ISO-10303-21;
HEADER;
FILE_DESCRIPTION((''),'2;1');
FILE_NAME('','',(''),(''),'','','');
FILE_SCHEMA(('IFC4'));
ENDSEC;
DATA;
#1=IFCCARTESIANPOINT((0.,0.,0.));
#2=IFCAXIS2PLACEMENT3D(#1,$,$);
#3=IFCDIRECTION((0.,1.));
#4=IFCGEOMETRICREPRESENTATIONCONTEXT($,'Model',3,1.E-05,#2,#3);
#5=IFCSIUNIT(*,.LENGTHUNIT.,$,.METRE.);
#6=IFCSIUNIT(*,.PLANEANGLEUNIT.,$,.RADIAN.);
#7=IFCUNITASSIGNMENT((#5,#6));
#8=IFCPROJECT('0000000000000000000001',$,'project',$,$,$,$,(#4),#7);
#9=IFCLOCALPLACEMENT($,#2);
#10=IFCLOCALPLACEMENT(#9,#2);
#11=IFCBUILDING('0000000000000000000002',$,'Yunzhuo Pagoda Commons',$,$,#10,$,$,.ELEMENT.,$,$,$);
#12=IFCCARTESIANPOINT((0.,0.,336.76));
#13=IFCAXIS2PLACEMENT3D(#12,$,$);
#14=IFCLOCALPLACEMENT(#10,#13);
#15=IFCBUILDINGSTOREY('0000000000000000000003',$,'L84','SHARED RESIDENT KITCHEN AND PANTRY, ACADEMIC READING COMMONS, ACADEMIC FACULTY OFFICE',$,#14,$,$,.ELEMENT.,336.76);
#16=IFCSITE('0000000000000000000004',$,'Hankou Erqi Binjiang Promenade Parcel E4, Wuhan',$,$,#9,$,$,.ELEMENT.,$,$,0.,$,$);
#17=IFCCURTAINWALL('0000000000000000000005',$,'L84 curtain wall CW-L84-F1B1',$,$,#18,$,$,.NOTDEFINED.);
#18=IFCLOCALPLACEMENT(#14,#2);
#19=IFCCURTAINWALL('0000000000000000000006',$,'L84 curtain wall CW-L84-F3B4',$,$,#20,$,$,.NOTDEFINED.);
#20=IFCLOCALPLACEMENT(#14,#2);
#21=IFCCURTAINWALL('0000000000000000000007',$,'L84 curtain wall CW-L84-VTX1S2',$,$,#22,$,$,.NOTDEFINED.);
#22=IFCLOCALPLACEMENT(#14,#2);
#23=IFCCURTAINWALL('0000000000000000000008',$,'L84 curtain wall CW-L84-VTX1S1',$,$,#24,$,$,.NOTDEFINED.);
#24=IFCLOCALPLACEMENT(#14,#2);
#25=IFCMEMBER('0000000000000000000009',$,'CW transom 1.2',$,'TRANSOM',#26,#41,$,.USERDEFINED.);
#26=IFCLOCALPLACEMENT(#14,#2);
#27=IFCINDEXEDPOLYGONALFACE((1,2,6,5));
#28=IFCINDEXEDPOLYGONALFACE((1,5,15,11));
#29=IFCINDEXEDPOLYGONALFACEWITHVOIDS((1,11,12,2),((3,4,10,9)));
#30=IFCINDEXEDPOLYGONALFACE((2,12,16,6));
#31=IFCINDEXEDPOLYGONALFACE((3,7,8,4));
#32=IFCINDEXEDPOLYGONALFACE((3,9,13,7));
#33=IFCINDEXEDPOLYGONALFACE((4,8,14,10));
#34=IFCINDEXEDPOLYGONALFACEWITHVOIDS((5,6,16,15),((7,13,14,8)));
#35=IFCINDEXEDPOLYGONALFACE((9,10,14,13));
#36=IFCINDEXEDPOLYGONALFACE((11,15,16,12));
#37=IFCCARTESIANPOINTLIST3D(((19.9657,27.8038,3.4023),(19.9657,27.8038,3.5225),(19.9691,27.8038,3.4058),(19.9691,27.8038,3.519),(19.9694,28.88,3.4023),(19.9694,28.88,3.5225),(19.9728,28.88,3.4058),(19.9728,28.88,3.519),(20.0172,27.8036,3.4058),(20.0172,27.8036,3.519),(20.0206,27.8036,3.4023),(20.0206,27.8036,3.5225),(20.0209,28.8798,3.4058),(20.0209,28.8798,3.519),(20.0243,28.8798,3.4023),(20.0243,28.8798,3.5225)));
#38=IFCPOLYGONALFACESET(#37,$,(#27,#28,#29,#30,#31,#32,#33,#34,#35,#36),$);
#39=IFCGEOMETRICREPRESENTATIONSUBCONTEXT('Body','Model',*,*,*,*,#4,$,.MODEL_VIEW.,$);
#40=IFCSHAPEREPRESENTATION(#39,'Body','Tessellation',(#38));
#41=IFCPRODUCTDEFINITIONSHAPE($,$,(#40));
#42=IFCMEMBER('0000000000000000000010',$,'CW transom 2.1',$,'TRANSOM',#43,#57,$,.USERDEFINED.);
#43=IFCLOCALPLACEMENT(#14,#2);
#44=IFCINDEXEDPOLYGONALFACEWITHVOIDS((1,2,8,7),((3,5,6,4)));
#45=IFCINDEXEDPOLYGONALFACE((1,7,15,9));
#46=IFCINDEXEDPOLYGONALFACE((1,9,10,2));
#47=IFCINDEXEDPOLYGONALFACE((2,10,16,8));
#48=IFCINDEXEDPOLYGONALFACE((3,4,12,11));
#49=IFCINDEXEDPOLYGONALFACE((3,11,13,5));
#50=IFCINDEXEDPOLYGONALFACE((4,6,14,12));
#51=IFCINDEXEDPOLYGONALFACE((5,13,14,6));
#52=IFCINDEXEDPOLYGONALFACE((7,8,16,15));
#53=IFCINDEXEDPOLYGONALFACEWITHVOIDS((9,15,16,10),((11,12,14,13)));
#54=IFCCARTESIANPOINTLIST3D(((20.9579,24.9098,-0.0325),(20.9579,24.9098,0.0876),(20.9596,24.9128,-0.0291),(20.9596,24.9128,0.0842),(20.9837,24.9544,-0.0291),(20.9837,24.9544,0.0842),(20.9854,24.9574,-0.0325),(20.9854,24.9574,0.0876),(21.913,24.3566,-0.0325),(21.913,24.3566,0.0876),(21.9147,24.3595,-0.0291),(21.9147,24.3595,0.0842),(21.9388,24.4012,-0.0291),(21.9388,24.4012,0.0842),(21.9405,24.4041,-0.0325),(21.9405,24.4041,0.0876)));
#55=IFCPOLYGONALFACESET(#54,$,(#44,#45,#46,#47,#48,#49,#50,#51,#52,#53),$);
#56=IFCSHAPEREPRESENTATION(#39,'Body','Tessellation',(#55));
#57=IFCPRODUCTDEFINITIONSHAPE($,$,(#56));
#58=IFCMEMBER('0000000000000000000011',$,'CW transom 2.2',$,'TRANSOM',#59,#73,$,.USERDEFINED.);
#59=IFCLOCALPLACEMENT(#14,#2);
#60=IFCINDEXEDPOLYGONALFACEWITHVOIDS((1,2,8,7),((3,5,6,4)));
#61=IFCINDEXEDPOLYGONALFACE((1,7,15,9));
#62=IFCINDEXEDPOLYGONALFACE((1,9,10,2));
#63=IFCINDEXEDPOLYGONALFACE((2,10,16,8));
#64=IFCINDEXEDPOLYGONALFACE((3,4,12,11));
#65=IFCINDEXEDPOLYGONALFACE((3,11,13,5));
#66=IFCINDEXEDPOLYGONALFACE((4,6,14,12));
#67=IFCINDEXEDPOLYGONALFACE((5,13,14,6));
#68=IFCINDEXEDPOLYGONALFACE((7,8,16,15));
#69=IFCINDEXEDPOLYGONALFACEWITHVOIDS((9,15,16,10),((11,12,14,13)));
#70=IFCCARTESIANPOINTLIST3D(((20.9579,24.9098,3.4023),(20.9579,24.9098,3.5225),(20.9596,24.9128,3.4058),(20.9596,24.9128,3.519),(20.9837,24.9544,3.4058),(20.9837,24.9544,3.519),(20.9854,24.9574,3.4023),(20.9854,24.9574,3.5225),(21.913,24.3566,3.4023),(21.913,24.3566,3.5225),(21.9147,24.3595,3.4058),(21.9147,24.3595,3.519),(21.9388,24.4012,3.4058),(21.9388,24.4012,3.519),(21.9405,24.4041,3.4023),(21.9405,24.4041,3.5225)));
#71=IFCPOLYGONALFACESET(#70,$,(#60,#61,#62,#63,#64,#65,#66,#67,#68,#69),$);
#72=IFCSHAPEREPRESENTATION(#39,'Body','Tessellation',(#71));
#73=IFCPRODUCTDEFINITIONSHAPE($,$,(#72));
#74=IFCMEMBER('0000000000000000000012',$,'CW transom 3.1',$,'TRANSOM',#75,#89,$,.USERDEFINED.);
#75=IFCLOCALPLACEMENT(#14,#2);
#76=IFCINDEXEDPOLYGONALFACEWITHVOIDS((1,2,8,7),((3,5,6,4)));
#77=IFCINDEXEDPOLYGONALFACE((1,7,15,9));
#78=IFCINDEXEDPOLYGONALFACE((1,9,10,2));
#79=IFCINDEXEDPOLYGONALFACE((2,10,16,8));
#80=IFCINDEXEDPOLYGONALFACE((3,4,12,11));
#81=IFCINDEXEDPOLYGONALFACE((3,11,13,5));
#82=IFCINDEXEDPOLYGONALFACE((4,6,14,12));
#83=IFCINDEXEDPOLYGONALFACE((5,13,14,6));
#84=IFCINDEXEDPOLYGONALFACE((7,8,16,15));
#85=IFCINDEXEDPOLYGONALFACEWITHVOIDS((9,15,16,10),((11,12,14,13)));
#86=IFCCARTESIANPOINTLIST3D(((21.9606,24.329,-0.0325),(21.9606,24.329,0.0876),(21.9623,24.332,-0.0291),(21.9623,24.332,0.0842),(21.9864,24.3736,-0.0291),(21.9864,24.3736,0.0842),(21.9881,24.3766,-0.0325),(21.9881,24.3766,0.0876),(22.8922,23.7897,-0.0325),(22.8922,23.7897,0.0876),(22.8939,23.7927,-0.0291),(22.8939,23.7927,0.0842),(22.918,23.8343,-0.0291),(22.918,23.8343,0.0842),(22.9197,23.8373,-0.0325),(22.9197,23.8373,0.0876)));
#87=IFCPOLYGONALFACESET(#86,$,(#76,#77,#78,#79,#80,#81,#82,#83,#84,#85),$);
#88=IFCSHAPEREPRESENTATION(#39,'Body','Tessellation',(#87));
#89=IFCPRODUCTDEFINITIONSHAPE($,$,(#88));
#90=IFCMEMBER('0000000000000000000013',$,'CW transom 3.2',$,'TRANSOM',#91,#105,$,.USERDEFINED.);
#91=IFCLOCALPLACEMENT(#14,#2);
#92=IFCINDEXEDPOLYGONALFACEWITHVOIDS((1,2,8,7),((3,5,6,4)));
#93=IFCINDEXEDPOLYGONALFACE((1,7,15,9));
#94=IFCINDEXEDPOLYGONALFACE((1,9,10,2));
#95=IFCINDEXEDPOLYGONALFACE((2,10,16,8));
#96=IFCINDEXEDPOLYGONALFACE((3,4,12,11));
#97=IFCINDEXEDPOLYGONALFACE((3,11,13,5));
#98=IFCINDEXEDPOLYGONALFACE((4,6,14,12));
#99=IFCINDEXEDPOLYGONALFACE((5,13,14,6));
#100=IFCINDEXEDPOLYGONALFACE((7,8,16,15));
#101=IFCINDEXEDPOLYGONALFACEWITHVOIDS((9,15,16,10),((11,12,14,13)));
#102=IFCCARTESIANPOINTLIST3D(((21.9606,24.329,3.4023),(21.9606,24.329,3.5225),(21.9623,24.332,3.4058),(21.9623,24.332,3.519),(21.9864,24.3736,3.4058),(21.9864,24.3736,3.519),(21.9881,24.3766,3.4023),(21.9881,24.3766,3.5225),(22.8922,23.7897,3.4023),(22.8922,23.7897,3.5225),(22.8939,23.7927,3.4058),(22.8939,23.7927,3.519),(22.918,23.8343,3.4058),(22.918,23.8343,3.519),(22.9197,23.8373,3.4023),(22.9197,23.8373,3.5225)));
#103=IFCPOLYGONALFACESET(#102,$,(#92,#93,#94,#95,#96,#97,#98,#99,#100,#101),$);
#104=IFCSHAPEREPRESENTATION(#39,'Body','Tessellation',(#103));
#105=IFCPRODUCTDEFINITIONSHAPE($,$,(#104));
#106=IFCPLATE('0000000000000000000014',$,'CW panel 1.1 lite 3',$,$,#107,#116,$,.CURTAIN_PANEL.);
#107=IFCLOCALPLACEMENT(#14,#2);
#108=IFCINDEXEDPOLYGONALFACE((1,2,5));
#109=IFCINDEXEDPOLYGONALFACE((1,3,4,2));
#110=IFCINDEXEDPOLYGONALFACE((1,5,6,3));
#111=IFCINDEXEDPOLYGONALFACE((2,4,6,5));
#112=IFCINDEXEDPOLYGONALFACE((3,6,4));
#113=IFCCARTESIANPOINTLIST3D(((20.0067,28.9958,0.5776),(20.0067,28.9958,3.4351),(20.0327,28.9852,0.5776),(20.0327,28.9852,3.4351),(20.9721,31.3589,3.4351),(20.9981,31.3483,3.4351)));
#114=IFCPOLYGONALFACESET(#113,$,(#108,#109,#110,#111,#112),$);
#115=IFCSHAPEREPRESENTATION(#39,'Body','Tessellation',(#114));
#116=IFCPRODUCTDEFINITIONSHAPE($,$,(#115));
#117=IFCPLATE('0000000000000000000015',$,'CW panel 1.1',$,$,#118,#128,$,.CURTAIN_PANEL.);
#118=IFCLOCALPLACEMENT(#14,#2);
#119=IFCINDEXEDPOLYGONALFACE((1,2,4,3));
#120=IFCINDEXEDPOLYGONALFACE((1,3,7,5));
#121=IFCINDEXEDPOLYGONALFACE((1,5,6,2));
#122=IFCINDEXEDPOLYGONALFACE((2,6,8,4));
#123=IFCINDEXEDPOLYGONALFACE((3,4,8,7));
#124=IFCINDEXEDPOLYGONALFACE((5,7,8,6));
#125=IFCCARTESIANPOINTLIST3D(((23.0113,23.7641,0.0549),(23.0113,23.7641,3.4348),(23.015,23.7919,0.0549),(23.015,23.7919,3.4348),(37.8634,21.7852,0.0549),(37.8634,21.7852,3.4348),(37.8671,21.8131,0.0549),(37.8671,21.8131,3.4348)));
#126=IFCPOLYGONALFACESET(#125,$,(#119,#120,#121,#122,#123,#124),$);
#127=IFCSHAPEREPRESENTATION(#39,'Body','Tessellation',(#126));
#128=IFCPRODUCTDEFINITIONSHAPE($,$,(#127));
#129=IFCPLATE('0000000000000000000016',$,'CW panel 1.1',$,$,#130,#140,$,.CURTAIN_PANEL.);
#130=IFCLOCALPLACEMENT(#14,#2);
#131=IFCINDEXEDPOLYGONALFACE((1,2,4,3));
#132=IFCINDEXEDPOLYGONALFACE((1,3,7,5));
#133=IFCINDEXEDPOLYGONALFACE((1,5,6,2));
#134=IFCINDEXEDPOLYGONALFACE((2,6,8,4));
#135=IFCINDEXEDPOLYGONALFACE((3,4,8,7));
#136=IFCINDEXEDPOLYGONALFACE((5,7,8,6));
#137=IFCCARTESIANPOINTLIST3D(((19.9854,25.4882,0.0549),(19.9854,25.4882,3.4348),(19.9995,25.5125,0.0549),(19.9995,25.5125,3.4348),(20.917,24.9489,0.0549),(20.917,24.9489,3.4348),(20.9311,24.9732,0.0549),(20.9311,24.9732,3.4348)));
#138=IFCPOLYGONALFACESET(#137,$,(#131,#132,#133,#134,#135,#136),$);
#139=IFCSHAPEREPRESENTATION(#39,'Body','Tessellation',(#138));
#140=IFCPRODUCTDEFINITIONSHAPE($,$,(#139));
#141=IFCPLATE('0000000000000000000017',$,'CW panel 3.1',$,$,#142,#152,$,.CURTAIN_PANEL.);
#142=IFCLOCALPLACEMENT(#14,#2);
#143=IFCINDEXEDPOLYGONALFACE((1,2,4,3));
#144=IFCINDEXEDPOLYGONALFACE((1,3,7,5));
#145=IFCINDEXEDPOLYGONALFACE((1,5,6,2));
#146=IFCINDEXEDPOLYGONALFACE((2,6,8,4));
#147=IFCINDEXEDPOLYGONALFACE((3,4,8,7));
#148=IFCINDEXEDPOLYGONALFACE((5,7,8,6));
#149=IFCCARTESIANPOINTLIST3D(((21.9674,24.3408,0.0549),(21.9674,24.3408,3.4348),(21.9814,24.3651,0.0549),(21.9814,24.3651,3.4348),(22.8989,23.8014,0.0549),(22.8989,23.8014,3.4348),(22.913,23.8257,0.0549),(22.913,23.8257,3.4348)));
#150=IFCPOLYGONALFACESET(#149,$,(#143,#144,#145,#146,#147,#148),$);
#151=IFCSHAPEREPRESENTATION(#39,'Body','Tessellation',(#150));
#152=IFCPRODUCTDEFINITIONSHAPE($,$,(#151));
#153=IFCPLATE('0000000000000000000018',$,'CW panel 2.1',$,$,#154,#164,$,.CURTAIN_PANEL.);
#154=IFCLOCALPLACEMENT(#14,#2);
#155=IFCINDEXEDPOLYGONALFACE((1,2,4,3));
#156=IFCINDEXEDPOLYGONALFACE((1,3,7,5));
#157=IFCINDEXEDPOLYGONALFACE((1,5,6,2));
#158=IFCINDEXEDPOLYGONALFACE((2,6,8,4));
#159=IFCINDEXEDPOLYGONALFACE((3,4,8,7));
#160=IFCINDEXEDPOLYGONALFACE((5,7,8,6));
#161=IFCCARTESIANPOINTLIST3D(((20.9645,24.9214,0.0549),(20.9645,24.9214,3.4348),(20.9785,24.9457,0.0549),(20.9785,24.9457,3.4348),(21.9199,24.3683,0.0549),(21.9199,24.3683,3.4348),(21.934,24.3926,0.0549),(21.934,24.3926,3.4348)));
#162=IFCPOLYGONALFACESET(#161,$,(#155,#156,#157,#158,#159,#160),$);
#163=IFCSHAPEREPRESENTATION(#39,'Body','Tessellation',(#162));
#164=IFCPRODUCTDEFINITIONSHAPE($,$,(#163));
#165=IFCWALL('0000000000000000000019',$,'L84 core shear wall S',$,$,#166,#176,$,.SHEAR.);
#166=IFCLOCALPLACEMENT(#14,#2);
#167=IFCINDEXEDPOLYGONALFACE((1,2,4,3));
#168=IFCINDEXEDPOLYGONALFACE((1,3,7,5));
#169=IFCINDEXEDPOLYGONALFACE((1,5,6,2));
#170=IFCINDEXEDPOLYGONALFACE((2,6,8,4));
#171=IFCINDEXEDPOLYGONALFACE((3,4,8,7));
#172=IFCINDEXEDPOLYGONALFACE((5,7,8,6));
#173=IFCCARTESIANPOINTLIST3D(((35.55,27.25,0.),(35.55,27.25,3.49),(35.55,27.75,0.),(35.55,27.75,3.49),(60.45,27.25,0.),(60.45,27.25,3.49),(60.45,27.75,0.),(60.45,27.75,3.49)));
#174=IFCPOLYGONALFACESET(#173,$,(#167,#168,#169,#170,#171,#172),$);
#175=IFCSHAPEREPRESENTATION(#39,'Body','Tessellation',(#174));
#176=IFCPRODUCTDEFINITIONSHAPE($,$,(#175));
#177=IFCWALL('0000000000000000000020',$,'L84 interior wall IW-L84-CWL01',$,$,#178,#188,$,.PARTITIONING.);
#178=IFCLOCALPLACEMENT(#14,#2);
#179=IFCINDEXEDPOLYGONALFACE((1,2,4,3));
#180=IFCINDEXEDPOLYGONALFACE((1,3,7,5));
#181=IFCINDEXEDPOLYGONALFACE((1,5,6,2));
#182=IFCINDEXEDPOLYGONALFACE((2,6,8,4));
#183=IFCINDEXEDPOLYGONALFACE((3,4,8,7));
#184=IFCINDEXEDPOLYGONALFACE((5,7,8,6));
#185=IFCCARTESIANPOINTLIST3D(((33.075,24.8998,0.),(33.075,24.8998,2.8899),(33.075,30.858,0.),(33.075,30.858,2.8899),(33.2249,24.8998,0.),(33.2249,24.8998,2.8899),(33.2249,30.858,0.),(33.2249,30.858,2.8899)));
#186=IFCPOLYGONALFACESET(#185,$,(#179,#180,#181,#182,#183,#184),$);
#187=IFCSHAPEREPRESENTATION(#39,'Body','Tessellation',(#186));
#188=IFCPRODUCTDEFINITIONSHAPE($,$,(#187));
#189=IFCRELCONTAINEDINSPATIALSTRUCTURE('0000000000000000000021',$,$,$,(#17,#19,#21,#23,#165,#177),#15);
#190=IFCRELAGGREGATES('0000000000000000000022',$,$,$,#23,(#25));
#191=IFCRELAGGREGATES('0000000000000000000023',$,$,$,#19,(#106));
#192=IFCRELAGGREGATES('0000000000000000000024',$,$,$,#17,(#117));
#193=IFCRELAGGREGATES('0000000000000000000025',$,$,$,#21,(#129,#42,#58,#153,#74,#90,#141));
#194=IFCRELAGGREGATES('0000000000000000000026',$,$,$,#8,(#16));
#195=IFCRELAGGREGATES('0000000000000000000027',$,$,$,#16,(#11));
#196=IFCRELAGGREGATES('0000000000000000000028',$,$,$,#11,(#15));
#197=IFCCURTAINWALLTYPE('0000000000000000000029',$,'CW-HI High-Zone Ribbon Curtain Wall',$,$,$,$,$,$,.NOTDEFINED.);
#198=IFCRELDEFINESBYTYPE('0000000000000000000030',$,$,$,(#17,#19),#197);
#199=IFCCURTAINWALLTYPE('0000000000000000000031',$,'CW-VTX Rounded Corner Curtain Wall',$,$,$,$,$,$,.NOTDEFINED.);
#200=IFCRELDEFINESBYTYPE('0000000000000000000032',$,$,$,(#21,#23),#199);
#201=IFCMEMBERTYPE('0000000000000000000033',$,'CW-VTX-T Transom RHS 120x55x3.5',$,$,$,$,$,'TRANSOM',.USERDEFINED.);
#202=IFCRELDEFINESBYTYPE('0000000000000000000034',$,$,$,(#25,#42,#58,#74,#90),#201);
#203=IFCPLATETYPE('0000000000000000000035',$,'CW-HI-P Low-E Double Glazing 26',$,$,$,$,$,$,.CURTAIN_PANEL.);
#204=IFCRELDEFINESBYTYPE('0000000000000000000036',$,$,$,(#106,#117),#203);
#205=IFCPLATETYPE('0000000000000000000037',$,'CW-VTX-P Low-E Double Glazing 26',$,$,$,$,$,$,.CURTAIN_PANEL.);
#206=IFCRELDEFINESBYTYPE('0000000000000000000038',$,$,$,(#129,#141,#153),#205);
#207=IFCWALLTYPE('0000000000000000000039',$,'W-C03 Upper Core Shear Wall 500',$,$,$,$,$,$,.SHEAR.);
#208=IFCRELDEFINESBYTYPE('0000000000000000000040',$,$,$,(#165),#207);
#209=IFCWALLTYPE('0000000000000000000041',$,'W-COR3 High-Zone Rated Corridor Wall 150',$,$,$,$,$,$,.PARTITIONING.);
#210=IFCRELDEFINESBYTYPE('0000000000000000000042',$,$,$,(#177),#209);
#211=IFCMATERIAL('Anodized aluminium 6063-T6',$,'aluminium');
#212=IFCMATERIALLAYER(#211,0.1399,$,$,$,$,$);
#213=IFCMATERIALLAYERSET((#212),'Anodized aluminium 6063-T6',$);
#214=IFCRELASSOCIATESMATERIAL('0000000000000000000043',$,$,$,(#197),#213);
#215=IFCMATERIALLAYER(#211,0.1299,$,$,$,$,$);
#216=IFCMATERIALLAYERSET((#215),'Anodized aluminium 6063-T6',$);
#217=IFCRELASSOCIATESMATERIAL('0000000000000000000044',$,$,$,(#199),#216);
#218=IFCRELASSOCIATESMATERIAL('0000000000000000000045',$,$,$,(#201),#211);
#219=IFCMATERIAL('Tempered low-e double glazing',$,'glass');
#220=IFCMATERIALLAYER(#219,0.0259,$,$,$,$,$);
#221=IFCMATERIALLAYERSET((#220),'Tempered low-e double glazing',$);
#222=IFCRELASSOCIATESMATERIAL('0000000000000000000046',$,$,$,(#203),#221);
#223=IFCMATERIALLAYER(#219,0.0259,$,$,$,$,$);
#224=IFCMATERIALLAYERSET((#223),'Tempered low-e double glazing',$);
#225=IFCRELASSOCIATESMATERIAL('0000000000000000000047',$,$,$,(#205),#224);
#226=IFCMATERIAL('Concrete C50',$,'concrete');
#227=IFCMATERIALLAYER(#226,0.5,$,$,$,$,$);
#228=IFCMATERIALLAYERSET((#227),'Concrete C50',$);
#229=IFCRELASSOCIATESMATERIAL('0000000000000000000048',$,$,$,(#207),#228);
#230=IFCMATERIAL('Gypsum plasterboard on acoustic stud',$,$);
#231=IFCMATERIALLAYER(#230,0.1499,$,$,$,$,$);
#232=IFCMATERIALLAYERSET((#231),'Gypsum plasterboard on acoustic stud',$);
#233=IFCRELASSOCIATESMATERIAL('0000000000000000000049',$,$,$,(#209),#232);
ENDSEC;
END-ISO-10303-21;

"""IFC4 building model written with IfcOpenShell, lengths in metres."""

from ifc_helpers import new_model, si_unit, direction, frame, frame_2d, origin, origin_2d, place, context, subcontext, project, spatial, polyline, rectangle, hollow_rectangle, outline, extrude, source, transform, mapped, material, layer, layer_set, material_profile, profile_set, type_object, element, aggregate, save


model = new_model("IFC4")

# Units and contexts
model_context = context("Model", 3, precision=1e-05, world=origin(), true_north=direction((0.0, 1.0)))
body_context = subcontext(model_context, "Body", "Model", "MODEL_VIEW")
ifc_project = project(units=[si_unit("LENGTHUNIT", "METRE"), si_unit("PLANEANGLEUNIT", "RADIAN")], contexts=[model_context])

# Site, building, storey
site_placement = place(None, origin())
site = spatial("IfcSite", under=ifc_project, at=site_placement, Name="Hankou Erqi Binjiang Promenade Parcel E4, Wuhan", CompositionType="ELEMENT", RefElevation=0.0)
building_placement = place(site_placement, origin())
building = spatial("IfcBuilding", under=site, at=building_placement, Name="Yunzhuo Pagoda Commons", CompositionType="ELEMENT")
storey_placement = place(building_placement, frame((0.0, 0.0, 336.76)))
storey = spatial("IfcBuildingStorey", under=building, at=storey_placement, Name="L84", Description="SHARED RESIDENT KITCHEN AND PANTRY, ACADEMIC READING COMMONS, ACADEMIC FACULTY OFFICE", CompositionType="ELEMENT", Elevation=336.76)

# Curtain walls
ifc_material_1 = material(Name="Anodized aluminium 6063-T6", Category="aluminium")
ifc_layer_1 = layer(ifc_material_1, 0.1399)
ifc_layer_set_1 = layer_set([ifc_layer_1], Name="Anodized aluminium 6063-T6")
curtain_wall_type_1 = type_object("IfcCurtainWallType", Name="CW-HI High-Zone Ribbon Curtain Wall", PredefinedType="NOTDEFINED", material=ifc_layer_set_1)
curtain_wall_1_placement = place(storey_placement, origin())
curtain_wall_1 = element("IfcCurtainWall", 1, at=curtain_wall_1_placement, inside=storey, type_object=curtain_wall_type_1, Name="L84 curtain wall CW-L84-F1B1", PredefinedType="NOTDEFINED")
curtain_wall_2_placement = place(storey_placement, origin())
curtain_wall_2 = element("IfcCurtainWall", 2, at=curtain_wall_2_placement, inside=storey, type_object=curtain_wall_type_1, Name="L84 curtain wall CW-L84-F3B4", PredefinedType="NOTDEFINED")

# Curtain wall
ifc_layer_2 = layer(ifc_material_1, 0.1299)
ifc_layer_set_2 = layer_set([ifc_layer_2], Name="Anodized aluminium 6063-T6")
curtain_wall_type_2 = type_object("IfcCurtainWallType", Name="CW-VTX Rounded Corner Curtain Wall", PredefinedType="NOTDEFINED", material=ifc_layer_set_2)
curtain_wall_3_placement = place(storey_placement, origin())
curtain_wall_3 = element("IfcCurtainWall", 3, at=curtain_wall_3_placement, inside=storey, type_object=curtain_wall_type_2, Name="L84 curtain wall CW-L84-VTX1S2", PredefinedType="NOTDEFINED")

# Curtain wall, member
curtain_wall_4_placement = place(storey_placement, origin())
curtain_wall_4 = element("IfcCurtainWall", 4, at=curtain_wall_4_placement, inside=storey, type_object=curtain_wall_type_2, Name="L84 curtain wall CW-L84-VTX1S1", PredefinedType="NOTDEFINED")
ifc_material_profile_1 = material_profile(ifc_material_1, hollow_rectangle(XDim=0.0549, YDim=0.1201, WallThickness=0.0034, at=origin_2d()), Name="Anodized aluminium 6063-T6")
ifc_profile_set_1 = profile_set([ifc_material_profile_1], Name="Anodized aluminium 6063-T6")
member_type_1 = type_object("IfcMemberType", Name="CW-VTX-T Transom RHS 120x55x3.5", ElementType="TRANSOM", PredefinedType="USERDEFINED", material=ifc_profile_set_1)
shared_shape_1 = source(origin(), body_context, "Body", "SweptSolid", [
    extrude(hollow_rectangle(XDim=0.0549, YDim=0.1201, WallThickness=0.0034, at=origin_2d()), origin(), (0.0, 0.0, 1.0), 1.0762),
])
member_1_placement = place(storey_placement, frame((19.9968, 28.8799, 3.4624), z_axis=(-0.003403, -0.999994, 0.0), x_axis=(0.999994, -0.003403, 0.0)))
member_1 = element("IfcMember", 5, at=member_1_placement, type_object=member_type_1, Name="CW transom 1.2", ObjectType="TRANSOM", PredefinedType="USERDEFINED", context=body_context, shape_type="MappedRepresentation", body=[
    mapped(shared_shape_1, transform((0.0, 0.0, 0.0), scale=1.0)),
])
aggregate(curtain_wall_4, [member_1])

# Members
shared_shape_2 = source(origin(), body_context, "Body", "SweptSolid", [
    extrude(hollow_rectangle(XDim=0.0549, YDim=0.1201, WallThickness=0.0034, at=origin_2d()), origin(), (0.0, 0.0, 1.0), 1.1038),
])
member_2_placement = place(storey_placement, frame((20.9717, 24.9336, 0.0276), z_axis=(0.865315, -0.501228, 0.0), x_axis=(0.501228, 0.865315, 0.0)))
member_2 = element("IfcMember", 6, at=member_2_placement, type_object=member_type_1, Name="CW transom 2.1", ObjectType="TRANSOM", PredefinedType="USERDEFINED", context=body_context, shape_type="MappedRepresentation", body=[
    mapped(shared_shape_2, transform((0.0, 0.0, 0.0), scale=1.0)),
])
member_3_placement = place(storey_placement, frame((20.9717, 24.9336, 3.4624), z_axis=(0.865315, -0.501228, 0.0), x_axis=(0.501228, 0.865315, 0.0)))
member_3 = element("IfcMember", 7, at=member_3_placement, type_object=member_type_1, Name="CW transom 2.2", ObjectType="TRANSOM", PredefinedType="USERDEFINED", context=body_context, shape_type="MappedRepresentation", body=[
    mapped(shared_shape_2, transform((0.0, 0.0, 0.0), scale=1.0)),
])
shared_shape_3 = source(origin(), body_context, "Body", "SweptSolid", [
    extrude(hollow_rectangle(XDim=0.0549, YDim=0.1201, WallThickness=0.0034, at=origin_2d()), origin(), (0.0, 0.0, 1.0), 1.0764),
])
member_4_placement = place(storey_placement, frame((21.9744, 24.3528, 0.0276), z_axis=(0.865452, -0.500992, 0.0), x_axis=(0.500992, 0.865452, 0.0)))
member_4 = element("IfcMember", 8, at=member_4_placement, type_object=member_type_1, Name="CW transom 3.1", ObjectType="TRANSOM", PredefinedType="USERDEFINED", context=body_context, shape_type="MappedRepresentation", body=[
    mapped(shared_shape_3, transform((0.0, 0.0, 0.0), scale=1.0)),
])
member_5_placement = place(storey_placement, frame((21.9744, 24.3528, 3.4624), z_axis=(0.865452, -0.500992, 0.0), x_axis=(0.500992, 0.865452, 0.0)))
member_5 = element("IfcMember", 9, at=member_5_placement, type_object=member_type_1, Name="CW transom 3.2", ObjectType="TRANSOM", PredefinedType="USERDEFINED", context=body_context, shape_type="MappedRepresentation", body=[
    mapped(shared_shape_3, transform((0.0, 0.0, 0.0), scale=1.0)),
])

# Plates
ifc_material_2 = material(Name="Tempered low-e double glazing", Category="glass")
ifc_layer_3 = layer(ifc_material_2, 0.0259)
ifc_layer_set_3 = layer_set([ifc_layer_3], Name="Tempered low-e double glazing")
plate_type_1 = type_object("IfcPlateType", Name="CW-HI-P Low-E Double Glazing 26", PredefinedType="CURTAIN_PANEL", material=ifc_layer_set_3)
plate_1_placement = place(storey_placement, frame((20.5154, 30.1667, 2.0063), z_axis=(-0.92573, 0.378185, 0.0), x_axis=(-0.378185, -0.92573, 0.0)))
plate_1 = element("IfcPlate", 10, at=plate_1_placement, type_object=plate_type_1, Name="CW panel 1.1 lite 3", PredefinedType="CURTAIN_PANEL", context=body_context, shape_type="SweptSolid", body=[
    extrude(outline(polyline([(-1.2764, 1.4287), (1.2764, -1.4287), (1.2764, 1.4287), (-1.2764, 1.4287)])), origin(), (0.0, 0.0, 1.0), 0.0281),
])
aggregate(curtain_wall_2, [plate_1])
shared_shape_4 = source(origin(), body_context, "Body", "SweptSolid", [
    extrude(rectangle(XDim=14.9834, YDim=0.0281, at=origin_2d()), origin(), (0.0, 0.0, 1.0), 3.3799),
])
plate_2_placement = place(storey_placement, frame((30.4392, 22.7886, 0.0549), z_axis=(0.0, 0.0, 1.0), x_axis=(0.991241, -0.132069, 0.0)))
plate_2 = element("IfcPlate", 11, at=plate_2_placement, type_object=plate_type_1, Name="CW panel 1.1", PredefinedType="CURTAIN_PANEL", context=body_context, shape_type="MappedRepresentation", body=[
    mapped(shared_shape_4, transform((0.0, 0.0, 0.0), scale=1.0)),
])
aggregate(curtain_wall_1, [plate_2])
ifc_layer_4 = layer(ifc_material_2, 0.0259)
ifc_layer_set_4 = layer_set([ifc_layer_4], Name="Tempered low-e double glazing")
plate_type_2 = type_object("IfcPlateType", Name="CW-VTX-P Low-E Double Glazing 26", PredefinedType="CURTAIN_PANEL", material=ifc_layer_set_4)
shared_shape_5 = source(origin(), body_context, "Body", "SweptSolid", [
    extrude(rectangle(XDim=1.0764, YDim=0.0281, at=origin_2d()), origin(), (0.0, 0.0, 1.0), 3.3799),
])
plate_3_placement = place(storey_placement, frame((20.4583, 25.2307, 0.0549), z_axis=(0.0, 0.0, 1.0), x_axis=(0.865431, -0.501028, 0.0)))
plate_3 = element("IfcPlate", 12, at=plate_3_placement, type_object=plate_type_2, Name="CW panel 1.1", PredefinedType="CURTAIN_PANEL", context=body_context, shape_type="MappedRepresentation", body=[
    mapped(shared_shape_5, transform((0.0, 0.0, 0.0), scale=1.0)),
])
plate_4_placement = place(storey_placement, frame((22.4402, 24.0833, 0.0549), z_axis=(0.0, 0.0, 1.0), x_axis=(0.865431, -0.501028, 0.0)))
plate_4 = element("IfcPlate", 13, at=plate_4_placement, type_object=plate_type_2, Name="CW panel 3.1", PredefinedType="CURTAIN_PANEL", context=body_context, shape_type="MappedRepresentation", body=[
    mapped(shared_shape_5, transform((0.0, 0.0, 0.0), scale=1.0)),
])
shared_shape_6 = source(origin(), body_context, "Body", "SweptSolid", [
    extrude(rectangle(XDim=1.104, YDim=0.0281, at=origin_2d()), origin(), (0.0, 0.0, 1.0), 3.3799),
])
plate_5_placement = place(storey_placement, frame((21.4492, 24.657, 0.0549), z_axis=(0.0, 0.0, 1.0), x_axis=(0.865431, -0.501028, 0.0)))
plate_5 = element("IfcPlate", 14, at=plate_5_placement, type_object=plate_type_2, Name="CW panel 2.1", PredefinedType="CURTAIN_PANEL", context=body_context, shape_type="MappedRepresentation", body=[
    mapped(shared_shape_6, transform((0.0, 0.0, 0.0), scale=1.0)),
])
aggregate(curtain_wall_3, [plate_3, member_2, member_3, plate_5, member_4, member_5, plate_4])

# Walls
ifc_material_3 = material(Name="Concrete C50", Category="concrete")
ifc_layer_5 = layer(ifc_material_3, 0.5)
ifc_layer_set_5 = layer_set([ifc_layer_5], Name="Concrete C50")
wall_type_1 = type_object("IfcWallType", Name="W-C03 Upper Core Shear Wall 500", PredefinedType="SHEAR", material=ifc_layer_set_5)
wall_1_placement = place(storey_placement, frame((35.55, 27.5, 0.0), z_axis=(0.0, 0.0, 1.0), x_axis=(1.0, 0.0, 0.0)))
element("IfcWall", 15, at=wall_1_placement, inside=storey, type_object=wall_type_1, Name="L84 core shear wall S", PredefinedType="SHEAR", context=body_context, shape_type="SweptSolid", body=[
    extrude(rectangle(XDim=24.8999, YDim=0.5, at=frame_2d((12.45, 0.0))), origin(), (0.0, 0.0, 1.0), 3.49),
])
ifc_material_4 = material(Name="Gypsum plasterboard on acoustic stud")
ifc_layer_6 = layer(ifc_material_4, 0.1499)
ifc_layer_set_6 = layer_set([ifc_layer_6], Name="Gypsum plasterboard on acoustic stud")
wall_type_2 = type_object("IfcWallType", Name="W-COR3 High-Zone Rated Corridor Wall 150", PredefinedType="PARTITIONING", material=ifc_layer_set_6)
wall_2_placement = place(storey_placement, frame((33.1499, 24.8999, 0.0), z_axis=(0.0, 0.0, 1.0), x_axis=(0.0, 1.0, 0.0)))
element("IfcWall", 16, at=wall_2_placement, inside=storey, type_object=wall_type_2, Name="L84 interior wall IW-L84-CWL01", PredefinedType="PARTITIONING", context=body_context, shape_type="SweptSolid", body=[
    extrude(rectangle(XDim=5.9583, YDim=0.1499, at=frame_2d((2.979, 0.0))), origin(), (0.0, 0.0, 1.0), 2.8899),
])

save(model, "model.ifc")
